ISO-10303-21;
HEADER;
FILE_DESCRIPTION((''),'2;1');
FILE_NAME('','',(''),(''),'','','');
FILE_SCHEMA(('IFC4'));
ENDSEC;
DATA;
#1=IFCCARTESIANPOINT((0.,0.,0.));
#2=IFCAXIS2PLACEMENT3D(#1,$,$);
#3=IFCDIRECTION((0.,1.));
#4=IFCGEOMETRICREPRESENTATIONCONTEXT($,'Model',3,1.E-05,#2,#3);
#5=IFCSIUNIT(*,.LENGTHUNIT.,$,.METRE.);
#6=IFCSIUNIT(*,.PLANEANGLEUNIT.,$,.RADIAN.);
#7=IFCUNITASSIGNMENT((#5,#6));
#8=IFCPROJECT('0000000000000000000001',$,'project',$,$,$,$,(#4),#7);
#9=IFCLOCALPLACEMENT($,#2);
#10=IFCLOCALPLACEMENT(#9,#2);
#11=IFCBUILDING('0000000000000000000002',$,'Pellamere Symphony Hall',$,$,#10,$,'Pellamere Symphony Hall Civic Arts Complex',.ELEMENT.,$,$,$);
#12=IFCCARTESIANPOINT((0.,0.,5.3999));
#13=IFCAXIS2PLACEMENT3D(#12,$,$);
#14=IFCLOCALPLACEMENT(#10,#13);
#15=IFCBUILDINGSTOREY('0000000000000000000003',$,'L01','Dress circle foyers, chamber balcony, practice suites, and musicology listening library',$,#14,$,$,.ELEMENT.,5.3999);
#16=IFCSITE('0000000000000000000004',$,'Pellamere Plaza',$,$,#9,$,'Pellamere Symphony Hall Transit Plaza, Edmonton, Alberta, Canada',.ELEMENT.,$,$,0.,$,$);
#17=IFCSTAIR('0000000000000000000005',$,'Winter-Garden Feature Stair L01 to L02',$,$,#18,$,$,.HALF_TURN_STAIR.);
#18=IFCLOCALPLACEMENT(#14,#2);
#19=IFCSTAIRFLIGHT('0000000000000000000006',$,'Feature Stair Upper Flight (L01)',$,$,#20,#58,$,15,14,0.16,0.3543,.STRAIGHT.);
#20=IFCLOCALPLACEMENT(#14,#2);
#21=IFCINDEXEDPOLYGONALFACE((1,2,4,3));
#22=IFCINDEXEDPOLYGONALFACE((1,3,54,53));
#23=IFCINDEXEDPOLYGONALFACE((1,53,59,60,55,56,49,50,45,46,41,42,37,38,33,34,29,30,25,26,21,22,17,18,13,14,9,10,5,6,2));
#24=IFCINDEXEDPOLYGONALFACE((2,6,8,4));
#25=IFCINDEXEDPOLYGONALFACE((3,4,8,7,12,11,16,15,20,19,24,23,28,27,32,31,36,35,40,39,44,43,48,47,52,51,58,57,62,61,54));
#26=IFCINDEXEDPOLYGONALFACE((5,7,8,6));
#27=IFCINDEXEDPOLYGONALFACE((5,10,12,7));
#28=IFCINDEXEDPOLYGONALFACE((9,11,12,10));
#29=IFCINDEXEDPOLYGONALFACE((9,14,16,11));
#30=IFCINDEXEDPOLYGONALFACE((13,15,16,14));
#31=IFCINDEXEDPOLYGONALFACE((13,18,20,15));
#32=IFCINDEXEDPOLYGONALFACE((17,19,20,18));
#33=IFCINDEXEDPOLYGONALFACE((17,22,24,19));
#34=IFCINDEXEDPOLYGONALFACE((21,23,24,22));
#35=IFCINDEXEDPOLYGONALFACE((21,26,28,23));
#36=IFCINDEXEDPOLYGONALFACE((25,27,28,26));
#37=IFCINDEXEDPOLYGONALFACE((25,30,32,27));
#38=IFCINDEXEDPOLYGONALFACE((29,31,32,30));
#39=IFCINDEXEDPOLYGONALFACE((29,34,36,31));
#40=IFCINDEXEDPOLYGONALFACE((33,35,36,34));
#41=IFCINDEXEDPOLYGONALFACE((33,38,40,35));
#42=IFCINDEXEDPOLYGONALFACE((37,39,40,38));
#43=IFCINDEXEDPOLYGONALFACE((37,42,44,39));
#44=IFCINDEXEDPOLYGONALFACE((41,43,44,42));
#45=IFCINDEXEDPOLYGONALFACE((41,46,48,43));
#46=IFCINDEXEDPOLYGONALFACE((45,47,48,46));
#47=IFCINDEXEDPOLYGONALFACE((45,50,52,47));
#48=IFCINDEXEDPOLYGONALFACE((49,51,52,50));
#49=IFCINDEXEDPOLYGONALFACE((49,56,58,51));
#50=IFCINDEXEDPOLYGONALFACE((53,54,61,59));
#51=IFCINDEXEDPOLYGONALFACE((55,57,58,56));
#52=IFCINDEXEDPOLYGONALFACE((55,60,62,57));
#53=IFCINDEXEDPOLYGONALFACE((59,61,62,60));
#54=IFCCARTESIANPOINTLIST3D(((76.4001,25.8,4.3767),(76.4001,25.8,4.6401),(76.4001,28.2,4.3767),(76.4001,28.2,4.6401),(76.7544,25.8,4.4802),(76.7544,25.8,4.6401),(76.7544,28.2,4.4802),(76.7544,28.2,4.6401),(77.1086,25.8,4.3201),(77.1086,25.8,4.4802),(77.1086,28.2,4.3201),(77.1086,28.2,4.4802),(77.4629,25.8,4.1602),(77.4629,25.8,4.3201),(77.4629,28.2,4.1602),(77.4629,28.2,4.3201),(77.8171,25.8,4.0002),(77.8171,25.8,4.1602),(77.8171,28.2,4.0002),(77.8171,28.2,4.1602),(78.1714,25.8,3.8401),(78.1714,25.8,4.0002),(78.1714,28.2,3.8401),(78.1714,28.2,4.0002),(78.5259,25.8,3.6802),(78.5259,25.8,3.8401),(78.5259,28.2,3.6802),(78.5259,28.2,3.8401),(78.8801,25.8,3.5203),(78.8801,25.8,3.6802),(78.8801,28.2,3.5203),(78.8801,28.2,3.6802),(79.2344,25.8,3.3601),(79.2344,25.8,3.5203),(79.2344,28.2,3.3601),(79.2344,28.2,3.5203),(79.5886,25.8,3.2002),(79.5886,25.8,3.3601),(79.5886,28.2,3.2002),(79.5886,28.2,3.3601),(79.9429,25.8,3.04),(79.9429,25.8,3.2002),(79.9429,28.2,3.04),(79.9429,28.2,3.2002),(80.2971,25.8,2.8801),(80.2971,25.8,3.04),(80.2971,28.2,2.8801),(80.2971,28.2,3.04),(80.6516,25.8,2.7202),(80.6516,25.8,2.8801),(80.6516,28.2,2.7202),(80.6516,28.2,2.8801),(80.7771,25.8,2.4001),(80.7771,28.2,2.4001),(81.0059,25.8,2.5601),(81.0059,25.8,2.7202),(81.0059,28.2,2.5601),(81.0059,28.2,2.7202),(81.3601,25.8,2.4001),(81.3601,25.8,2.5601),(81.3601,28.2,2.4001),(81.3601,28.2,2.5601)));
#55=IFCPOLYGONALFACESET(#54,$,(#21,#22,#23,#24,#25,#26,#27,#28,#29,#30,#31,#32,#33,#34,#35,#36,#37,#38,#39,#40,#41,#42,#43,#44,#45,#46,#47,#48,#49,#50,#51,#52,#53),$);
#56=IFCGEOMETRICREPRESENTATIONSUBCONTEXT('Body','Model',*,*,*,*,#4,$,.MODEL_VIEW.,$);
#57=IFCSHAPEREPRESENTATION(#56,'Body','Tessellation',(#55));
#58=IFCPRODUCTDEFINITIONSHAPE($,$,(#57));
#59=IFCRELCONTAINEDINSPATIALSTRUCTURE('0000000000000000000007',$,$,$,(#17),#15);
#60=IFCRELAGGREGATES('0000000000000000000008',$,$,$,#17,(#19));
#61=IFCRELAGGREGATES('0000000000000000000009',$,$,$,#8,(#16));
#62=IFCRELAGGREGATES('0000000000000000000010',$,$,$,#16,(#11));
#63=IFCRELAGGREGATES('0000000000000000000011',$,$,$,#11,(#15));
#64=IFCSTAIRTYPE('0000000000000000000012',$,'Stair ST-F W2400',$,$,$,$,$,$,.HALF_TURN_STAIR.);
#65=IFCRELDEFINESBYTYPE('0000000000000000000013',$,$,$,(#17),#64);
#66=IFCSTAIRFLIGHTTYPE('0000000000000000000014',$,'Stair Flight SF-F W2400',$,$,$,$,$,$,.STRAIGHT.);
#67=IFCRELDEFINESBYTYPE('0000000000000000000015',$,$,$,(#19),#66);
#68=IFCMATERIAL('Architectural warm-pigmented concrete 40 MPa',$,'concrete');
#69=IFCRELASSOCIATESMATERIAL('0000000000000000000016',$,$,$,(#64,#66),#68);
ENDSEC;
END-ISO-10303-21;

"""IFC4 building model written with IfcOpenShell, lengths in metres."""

from ifc_helpers import new_model, si_unit, direction, frame, origin, place, context, subcontext, project, spatial, polyline, outline, extrude, material, type_object, element, aggregate, save


model = new_model("IFC4")

# Units and contexts
model_context = context("Model", 3, precision=1e-05, world=origin(), true_north=direction((0.0, 1.0)))
body_context = subcontext(model_context, "Body", "Model", "MODEL_VIEW")
ifc_project = project(units=[si_unit("LENGTHUNIT", "METRE"), si_unit("PLANEANGLEUNIT", "RADIAN")], contexts=[model_context])

# Site, building, storey
site_placement = place(None, origin())
site = spatial("IfcSite", under=ifc_project, at=site_placement, Name="Pellamere Plaza", LongName="Pellamere Symphony Hall Transit Plaza, Edmonton, Alberta, Canada", CompositionType="ELEMENT", RefElevation=0.0)
building_placement = place(site_placement, origin())
building = spatial("IfcBuilding", under=site, at=building_placement, Name="Pellamere Symphony Hall", LongName="Pellamere Symphony Hall Civic Arts Complex", CompositionType="ELEMENT")
storey_placement = place(building_placement, frame((0.0, 0.0, 5.3999)))
storey = spatial("IfcBuildingStorey", under=building, at=storey_placement, Name="L01", Description="Dress circle foyers, chamber balcony, practice suites, and musicology listening library", CompositionType="ELEMENT", Elevation=5.3999)

# Stair, stair flight
ifc_material_1 = material(Name="Architectural warm-pigmented concrete 40 MPa", Category="concrete")
stair_type = type_object("IfcStairType", Name="Stair ST-F W2400", PredefinedType="HALF_TURN_STAIR", material=ifc_material_1)
stair_placement = place(storey_placement, origin())
stair = element("IfcStair", 1, at=stair_placement, inside=storey, type_object=stair_type, Name="Winter-Garden Feature Stair L01 to L02", PredefinedType="HALF_TURN_STAIR")
stair_flight_type = type_object("IfcStairFlightType", Name="Stair Flight SF-F W2400", PredefinedType="STRAIGHT", material=ifc_material_1)
stair_flight_placement = place(storey_placement, frame((81.3601, 27.0, 2.4001), z_axis=(0.0, 0.0, 1.0), x_axis=(-1.0, 0.0, 0.0)))
stair_flight = element("IfcStairFlight", 2, at=stair_flight_placement, type_object=stair_flight_type, Name="Feature Stair Upper Flight (L01)", NumberOfRisers=15, NumberOfTreads=14, PredefinedType="STRAIGHT", RiserHeight=0.16, TreadLength=0.3543, context=body_context, shape_type="SweptSolid", body=[
    extrude(outline(polyline([(0.0, 0.0), (0.0, 0.1599), (0.3542, 0.1599), (0.3542, 0.3201), (0.7085, 0.3201), (0.7085, 0.48), (1.063, 0.48), (1.063, 0.6399), (1.4172, 0.6399), (1.4172, 0.8), (1.7715, 0.8), (1.7715, 0.96), (2.1257, 0.96), (2.1257, 1.1201), (2.48, 1.1201), (2.48, 1.28), (2.8342, 1.28), (2.8342, 1.4399), (3.1887, 1.4399), (3.1887, 1.6001), (3.543, 1.6001), (3.543, 1.76), (3.8972, 1.76), (3.8972, 1.9199), (4.2515, 1.9199), (4.2515, 2.0801), (4.6057, 2.0801), (4.6057, 2.24), (4.96, 2.24), (4.96, 2.3999), (4.96, 1.9766), (0.583, 0.0), (0.0, 0.0)])), frame((0.0, 1.2, 0.0), z_axis=(0.0, -1.0, 0.0), x_axis=(1.0, 0.0, 0.0)), (0.0, 0.0, 1.0), 2.3999),
])
aggregate(stair, [stair_flight])

save(model, "model.ifc")
